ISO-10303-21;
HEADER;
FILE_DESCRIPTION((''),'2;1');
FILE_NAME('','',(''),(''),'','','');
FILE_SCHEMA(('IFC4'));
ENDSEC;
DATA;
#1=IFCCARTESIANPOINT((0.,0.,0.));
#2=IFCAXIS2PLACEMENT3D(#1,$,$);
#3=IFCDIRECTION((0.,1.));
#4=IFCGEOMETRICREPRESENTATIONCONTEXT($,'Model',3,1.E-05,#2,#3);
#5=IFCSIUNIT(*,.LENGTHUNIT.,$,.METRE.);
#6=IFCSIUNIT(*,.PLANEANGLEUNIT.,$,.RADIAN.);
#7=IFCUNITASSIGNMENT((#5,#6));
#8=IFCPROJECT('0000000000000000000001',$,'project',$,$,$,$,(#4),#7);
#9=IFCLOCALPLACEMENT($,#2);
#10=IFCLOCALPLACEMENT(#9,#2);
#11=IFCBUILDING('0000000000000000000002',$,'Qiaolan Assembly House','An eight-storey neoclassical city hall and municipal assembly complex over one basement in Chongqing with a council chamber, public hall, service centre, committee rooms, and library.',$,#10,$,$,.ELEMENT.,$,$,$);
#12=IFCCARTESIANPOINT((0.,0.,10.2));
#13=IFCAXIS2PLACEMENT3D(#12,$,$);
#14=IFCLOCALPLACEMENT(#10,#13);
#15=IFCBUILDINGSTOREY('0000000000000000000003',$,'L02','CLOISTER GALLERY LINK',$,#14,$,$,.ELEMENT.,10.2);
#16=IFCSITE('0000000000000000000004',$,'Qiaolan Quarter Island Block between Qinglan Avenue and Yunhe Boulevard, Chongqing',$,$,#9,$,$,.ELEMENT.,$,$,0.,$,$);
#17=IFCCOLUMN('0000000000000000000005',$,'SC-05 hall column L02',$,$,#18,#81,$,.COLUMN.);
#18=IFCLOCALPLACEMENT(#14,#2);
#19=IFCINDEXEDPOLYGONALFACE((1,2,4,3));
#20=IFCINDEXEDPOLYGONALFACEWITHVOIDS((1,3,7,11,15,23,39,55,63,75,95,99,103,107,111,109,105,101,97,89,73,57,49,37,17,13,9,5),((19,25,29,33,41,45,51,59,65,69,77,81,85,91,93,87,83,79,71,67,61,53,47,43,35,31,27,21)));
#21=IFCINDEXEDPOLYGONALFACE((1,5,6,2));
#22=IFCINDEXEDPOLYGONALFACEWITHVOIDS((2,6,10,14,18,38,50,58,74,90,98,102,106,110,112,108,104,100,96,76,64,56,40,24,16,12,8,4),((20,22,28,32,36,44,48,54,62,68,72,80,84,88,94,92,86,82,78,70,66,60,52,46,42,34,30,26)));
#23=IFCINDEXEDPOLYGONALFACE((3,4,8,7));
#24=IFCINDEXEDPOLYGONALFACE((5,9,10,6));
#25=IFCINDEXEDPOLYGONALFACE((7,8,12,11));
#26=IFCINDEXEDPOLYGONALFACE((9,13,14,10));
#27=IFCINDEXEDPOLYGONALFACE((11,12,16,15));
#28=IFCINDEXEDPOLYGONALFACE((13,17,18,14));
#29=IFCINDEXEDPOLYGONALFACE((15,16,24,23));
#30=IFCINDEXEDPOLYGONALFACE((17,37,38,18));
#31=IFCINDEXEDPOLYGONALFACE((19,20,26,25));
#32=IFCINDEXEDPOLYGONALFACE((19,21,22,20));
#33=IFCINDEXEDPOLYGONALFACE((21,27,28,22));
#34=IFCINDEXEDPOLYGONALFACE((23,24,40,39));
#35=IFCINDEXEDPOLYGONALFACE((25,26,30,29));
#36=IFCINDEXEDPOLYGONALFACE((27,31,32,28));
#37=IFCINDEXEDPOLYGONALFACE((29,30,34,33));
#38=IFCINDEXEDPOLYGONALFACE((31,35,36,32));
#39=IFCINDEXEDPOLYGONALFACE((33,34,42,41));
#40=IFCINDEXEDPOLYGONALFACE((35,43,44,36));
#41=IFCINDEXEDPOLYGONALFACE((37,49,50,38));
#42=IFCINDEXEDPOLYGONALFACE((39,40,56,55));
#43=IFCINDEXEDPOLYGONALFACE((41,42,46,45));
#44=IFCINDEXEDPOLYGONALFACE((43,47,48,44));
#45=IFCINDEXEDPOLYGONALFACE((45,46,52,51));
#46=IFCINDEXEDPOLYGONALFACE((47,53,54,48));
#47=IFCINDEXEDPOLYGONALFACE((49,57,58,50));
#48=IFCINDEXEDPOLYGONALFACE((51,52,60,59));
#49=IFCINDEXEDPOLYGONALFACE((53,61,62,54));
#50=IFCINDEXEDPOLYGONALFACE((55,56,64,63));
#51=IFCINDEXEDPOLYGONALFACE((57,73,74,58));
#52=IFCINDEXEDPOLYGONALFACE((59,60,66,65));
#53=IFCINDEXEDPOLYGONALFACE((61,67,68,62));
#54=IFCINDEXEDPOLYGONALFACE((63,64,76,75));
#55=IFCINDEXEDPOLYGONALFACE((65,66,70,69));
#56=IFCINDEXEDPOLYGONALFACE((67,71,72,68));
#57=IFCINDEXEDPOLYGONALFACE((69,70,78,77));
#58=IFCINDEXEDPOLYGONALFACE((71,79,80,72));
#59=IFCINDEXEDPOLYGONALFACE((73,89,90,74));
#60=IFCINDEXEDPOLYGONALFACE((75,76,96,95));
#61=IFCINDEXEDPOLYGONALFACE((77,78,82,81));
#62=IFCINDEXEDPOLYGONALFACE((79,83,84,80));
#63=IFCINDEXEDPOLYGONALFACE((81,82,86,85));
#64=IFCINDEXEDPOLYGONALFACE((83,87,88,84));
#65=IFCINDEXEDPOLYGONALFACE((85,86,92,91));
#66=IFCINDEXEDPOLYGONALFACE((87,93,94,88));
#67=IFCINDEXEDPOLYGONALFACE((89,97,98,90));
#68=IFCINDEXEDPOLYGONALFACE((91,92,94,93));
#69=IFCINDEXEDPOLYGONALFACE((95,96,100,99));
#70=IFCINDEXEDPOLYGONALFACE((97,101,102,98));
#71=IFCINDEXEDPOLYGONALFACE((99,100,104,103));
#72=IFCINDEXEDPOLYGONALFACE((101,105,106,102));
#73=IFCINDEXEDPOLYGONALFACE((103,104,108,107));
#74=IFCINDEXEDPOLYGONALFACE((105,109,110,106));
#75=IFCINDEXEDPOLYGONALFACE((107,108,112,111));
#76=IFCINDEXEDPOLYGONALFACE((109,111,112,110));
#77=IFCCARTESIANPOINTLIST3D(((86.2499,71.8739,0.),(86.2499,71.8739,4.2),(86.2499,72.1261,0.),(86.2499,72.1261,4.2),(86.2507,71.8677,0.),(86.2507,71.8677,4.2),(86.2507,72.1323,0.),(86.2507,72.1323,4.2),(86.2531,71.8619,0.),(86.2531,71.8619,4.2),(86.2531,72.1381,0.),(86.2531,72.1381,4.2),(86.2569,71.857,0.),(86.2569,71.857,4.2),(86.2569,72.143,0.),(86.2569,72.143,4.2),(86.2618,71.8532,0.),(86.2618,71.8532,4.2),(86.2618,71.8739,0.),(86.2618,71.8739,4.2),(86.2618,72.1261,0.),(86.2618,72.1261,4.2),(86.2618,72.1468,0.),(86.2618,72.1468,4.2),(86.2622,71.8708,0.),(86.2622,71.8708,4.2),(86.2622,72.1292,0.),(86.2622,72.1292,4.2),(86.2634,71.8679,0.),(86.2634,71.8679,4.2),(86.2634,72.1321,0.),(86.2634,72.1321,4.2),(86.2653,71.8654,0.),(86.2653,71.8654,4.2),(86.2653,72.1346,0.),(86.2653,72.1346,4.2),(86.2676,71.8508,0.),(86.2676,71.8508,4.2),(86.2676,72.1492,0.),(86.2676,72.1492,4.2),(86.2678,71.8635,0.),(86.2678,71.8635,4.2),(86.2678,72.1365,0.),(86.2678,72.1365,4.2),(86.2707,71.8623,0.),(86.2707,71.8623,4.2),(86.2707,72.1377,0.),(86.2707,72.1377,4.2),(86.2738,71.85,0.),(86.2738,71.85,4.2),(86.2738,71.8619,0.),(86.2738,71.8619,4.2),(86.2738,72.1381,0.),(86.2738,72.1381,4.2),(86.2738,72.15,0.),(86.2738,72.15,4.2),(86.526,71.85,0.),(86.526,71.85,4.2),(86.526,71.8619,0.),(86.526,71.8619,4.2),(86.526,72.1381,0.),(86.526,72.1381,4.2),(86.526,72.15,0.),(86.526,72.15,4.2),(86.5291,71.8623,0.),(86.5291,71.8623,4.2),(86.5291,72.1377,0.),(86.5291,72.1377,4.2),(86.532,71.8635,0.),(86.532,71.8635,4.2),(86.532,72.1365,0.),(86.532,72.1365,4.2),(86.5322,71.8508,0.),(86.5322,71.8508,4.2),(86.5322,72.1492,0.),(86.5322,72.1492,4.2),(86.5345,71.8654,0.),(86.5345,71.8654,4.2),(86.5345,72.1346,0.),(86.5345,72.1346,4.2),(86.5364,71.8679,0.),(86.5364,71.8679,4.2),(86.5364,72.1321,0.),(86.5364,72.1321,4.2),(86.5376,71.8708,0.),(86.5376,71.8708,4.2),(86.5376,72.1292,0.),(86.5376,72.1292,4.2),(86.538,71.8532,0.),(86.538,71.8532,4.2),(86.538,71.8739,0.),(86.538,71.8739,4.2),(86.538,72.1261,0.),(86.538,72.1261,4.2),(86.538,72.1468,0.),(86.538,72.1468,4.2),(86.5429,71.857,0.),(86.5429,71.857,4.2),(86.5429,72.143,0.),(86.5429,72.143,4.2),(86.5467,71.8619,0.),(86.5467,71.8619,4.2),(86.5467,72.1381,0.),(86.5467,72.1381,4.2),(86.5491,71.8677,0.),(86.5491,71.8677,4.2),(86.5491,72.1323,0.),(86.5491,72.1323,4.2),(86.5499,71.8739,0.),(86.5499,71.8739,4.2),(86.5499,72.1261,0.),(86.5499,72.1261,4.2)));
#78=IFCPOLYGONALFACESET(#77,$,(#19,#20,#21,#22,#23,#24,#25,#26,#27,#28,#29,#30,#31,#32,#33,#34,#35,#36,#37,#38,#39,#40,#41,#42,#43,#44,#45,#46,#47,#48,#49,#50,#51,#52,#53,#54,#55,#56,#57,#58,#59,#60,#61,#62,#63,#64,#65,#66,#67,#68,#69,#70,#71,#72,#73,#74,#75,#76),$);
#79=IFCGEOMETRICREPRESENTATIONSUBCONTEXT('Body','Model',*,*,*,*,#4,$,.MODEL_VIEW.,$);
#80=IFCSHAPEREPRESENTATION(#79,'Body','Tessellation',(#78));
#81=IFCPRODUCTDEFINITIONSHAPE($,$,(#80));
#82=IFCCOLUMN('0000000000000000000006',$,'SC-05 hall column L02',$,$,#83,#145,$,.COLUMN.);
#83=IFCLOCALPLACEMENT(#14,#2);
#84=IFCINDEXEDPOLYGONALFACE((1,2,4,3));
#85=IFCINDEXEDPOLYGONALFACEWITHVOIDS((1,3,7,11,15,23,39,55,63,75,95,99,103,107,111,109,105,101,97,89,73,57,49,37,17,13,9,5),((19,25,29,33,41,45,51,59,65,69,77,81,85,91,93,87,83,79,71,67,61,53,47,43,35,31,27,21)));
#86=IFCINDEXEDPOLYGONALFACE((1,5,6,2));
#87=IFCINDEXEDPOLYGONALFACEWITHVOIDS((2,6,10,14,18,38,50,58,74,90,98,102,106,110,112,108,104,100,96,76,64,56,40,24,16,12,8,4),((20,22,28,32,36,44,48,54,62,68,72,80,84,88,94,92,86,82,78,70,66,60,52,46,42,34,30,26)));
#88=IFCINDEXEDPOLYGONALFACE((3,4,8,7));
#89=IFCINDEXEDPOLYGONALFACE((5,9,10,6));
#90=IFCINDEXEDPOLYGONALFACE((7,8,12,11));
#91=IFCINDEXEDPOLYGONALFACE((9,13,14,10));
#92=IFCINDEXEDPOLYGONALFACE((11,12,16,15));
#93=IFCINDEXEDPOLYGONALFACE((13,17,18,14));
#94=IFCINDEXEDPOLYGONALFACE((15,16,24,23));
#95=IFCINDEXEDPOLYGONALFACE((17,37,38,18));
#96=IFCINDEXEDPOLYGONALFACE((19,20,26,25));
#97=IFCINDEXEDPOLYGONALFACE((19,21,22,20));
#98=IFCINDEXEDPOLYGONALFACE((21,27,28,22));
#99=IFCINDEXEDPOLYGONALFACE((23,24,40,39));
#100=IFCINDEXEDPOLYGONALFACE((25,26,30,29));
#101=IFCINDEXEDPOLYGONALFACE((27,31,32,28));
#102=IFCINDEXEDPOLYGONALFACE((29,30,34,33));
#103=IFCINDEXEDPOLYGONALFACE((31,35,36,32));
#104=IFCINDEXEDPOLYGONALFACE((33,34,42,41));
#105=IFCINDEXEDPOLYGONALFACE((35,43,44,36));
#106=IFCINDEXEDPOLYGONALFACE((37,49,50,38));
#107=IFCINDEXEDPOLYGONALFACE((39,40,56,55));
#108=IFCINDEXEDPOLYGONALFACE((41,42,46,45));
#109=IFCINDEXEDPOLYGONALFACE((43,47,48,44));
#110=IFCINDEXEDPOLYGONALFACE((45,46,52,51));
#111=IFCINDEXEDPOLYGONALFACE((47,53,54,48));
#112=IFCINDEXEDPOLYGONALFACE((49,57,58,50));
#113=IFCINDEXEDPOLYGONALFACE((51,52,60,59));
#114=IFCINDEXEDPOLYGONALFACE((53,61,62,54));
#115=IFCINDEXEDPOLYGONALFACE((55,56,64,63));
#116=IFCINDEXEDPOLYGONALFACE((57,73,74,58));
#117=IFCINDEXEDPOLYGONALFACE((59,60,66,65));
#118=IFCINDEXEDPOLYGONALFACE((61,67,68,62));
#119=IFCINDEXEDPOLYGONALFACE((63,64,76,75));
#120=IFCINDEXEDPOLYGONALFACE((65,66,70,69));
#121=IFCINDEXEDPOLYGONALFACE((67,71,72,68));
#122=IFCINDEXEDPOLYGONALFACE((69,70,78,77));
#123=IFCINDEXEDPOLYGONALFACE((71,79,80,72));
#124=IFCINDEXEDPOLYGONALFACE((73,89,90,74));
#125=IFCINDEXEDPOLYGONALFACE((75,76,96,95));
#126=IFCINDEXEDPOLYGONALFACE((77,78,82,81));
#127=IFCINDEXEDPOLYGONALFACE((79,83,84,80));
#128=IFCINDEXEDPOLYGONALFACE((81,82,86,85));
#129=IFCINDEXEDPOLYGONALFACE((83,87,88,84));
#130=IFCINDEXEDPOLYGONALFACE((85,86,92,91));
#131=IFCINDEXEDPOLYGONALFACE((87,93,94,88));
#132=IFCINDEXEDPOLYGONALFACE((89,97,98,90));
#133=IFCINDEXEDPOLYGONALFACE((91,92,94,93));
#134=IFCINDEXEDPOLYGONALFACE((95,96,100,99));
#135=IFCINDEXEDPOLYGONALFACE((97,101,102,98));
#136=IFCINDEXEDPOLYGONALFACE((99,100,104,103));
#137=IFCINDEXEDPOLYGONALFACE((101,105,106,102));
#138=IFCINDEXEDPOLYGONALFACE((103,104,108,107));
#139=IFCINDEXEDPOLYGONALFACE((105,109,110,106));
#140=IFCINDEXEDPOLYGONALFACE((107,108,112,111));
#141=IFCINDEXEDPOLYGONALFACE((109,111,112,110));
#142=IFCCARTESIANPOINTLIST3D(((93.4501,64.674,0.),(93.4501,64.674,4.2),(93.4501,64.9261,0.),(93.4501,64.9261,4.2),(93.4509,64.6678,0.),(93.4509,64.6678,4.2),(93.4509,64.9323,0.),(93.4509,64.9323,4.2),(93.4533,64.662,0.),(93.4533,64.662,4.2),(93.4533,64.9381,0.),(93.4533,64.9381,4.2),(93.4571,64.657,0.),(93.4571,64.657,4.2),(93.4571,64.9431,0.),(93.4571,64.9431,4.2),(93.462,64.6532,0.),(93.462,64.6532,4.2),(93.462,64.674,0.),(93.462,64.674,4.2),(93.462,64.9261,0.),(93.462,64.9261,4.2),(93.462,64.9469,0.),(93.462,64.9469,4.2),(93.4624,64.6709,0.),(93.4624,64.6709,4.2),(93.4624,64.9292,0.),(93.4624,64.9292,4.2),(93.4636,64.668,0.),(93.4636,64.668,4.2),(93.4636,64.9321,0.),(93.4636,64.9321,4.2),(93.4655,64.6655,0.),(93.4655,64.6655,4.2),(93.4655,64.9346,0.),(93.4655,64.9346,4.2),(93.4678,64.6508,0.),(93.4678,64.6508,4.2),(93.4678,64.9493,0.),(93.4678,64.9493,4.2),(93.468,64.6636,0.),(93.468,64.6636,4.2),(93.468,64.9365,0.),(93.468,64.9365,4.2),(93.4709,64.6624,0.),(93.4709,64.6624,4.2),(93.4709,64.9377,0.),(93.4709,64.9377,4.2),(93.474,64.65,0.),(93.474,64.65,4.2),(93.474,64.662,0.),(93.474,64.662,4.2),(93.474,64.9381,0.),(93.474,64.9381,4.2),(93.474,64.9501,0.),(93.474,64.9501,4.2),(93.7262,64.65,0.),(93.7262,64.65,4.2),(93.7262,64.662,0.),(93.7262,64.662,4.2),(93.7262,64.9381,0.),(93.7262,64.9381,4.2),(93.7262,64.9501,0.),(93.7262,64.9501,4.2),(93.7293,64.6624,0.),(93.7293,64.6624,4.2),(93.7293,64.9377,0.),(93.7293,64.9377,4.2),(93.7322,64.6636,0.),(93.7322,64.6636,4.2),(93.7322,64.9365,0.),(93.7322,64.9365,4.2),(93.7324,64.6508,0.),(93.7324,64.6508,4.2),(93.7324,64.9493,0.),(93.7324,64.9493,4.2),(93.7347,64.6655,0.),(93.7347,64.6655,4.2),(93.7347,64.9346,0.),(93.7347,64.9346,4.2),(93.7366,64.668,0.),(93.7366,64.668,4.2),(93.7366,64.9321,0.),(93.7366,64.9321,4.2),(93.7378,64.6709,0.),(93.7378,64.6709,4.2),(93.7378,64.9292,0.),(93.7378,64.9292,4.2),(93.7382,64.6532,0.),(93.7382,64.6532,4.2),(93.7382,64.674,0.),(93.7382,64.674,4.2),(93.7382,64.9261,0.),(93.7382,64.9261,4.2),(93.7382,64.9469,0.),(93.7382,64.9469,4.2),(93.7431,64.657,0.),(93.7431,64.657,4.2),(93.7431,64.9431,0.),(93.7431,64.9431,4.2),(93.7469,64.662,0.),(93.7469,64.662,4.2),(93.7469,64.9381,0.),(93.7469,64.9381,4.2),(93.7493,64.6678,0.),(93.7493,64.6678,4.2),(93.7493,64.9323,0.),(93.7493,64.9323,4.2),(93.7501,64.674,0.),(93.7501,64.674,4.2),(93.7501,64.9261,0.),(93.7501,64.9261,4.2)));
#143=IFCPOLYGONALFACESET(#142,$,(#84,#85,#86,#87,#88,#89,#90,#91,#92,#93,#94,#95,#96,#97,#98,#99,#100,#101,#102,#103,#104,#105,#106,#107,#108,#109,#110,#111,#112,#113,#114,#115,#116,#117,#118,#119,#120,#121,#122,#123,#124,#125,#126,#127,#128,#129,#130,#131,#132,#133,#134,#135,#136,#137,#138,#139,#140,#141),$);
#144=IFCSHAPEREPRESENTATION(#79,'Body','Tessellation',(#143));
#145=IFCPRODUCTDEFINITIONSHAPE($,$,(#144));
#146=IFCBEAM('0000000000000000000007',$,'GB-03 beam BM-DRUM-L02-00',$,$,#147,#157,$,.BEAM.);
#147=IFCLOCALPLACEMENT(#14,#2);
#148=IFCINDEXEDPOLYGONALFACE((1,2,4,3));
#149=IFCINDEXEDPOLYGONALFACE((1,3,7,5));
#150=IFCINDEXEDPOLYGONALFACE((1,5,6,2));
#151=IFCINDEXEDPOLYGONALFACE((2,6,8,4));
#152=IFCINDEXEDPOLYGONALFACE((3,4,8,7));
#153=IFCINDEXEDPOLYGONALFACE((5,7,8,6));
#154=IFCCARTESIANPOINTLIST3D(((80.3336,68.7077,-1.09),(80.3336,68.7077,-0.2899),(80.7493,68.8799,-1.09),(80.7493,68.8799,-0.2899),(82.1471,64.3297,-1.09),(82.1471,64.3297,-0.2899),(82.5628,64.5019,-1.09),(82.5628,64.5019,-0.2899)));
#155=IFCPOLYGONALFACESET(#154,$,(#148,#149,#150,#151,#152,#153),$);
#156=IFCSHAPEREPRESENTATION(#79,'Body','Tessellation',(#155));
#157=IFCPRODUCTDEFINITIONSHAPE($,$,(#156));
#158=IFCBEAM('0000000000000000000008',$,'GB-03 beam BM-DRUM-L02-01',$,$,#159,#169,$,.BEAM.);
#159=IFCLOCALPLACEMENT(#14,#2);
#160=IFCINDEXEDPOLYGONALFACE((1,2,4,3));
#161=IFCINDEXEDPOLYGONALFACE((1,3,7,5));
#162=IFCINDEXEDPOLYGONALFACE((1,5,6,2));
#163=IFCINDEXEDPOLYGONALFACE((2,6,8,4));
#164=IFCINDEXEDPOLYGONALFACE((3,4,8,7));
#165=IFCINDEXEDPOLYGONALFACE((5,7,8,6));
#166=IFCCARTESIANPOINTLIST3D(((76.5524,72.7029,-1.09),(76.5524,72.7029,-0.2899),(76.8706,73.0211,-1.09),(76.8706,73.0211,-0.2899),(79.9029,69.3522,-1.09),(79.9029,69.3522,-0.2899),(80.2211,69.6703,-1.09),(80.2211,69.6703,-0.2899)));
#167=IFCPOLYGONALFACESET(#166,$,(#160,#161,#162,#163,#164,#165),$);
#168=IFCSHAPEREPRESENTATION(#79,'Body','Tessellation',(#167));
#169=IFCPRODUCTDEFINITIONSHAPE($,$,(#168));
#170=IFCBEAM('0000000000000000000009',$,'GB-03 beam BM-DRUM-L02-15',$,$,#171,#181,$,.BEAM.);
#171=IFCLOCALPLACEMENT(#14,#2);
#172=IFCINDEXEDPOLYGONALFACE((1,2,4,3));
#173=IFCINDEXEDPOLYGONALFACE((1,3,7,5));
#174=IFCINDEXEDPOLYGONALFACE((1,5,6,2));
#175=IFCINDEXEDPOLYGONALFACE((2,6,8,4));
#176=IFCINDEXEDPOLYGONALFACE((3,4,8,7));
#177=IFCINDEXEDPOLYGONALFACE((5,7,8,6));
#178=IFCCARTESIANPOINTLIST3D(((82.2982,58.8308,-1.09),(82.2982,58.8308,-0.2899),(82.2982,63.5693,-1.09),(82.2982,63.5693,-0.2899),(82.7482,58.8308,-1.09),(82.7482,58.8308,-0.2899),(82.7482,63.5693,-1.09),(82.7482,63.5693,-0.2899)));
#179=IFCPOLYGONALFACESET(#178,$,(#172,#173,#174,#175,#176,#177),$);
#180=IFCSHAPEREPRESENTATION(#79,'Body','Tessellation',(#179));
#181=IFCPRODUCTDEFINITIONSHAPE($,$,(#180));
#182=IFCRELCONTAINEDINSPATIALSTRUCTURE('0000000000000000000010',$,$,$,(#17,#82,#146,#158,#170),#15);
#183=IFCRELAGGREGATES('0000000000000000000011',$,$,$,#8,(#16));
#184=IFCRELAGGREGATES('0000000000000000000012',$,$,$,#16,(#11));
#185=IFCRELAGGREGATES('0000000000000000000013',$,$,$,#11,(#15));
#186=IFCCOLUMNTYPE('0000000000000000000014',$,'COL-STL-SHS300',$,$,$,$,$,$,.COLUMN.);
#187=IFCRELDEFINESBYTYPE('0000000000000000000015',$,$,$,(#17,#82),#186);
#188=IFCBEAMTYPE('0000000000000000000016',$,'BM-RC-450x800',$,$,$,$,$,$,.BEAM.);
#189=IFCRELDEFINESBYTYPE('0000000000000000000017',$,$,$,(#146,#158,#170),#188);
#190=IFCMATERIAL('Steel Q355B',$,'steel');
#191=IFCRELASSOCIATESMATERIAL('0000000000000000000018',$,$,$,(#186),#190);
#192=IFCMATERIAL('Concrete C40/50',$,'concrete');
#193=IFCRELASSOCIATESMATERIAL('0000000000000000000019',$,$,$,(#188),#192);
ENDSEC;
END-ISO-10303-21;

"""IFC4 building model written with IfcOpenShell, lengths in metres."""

from ifc_helpers import new_model, si_unit, direction, frame, origin, origin_2d, place, context, subcontext, project, spatial, rectangle, hollow_rectangle, extrude, material, material_profile, profile_set, type_object, element, save


model = new_model("IFC4")

# Units and contexts
model_context = context("Model", 3, precision=1e-05, world=origin(), true_north=direction((0.0, 1.0)))
body_context = subcontext(model_context, "Body", "Model", "MODEL_VIEW")
ifc_project = project(units=[si_unit("LENGTHUNIT", "METRE"), si_unit("PLANEANGLEUNIT", "RADIAN")], contexts=[model_context])

# Site, building, storey
site_placement = place(None, origin())
site = spatial("IfcSite", under=ifc_project, at=site_placement, Name="Qiaolan Quarter Island Block between Qinglan Avenue and Yunhe Boulevard, Chongqing", CompositionType="ELEMENT", RefElevation=0.0)
building_placement = place(site_placement, origin())
building = spatial("IfcBuilding", under=site, at=building_placement, Name="Qiaolan Assembly House", Description="An eight-storey neoclassical city hall and municipal assembly complex over one basement in Chongqing with a council chamber, public hall, service centre, committee rooms, and library.", CompositionType="ELEMENT")
storey_placement = place(building_placement, frame((0.0, 0.0, 10.2)))
storey = spatial("IfcBuildingStorey", under=building, at=storey_placement, Name="L02", Description="CLOISTER GALLERY LINK", CompositionType="ELEMENT", Elevation=10.2)

# Columns
ifc_material_1 = material(Name="Steel Q355B", Category="steel")
ifc_material_profile_1 = material_profile(ifc_material_1, hollow_rectangle(XDim=0.3, YDim=0.3, WallThickness=0.012, InnerFilletRadius=0.012, OuterFilletRadius=0.0239, at=origin_2d()), Name="SHS 300x300x12")
ifc_profile_set_1 = profile_set([ifc_material_profile_1], Name="Steel Q355B")
column_type_1 = type_object("IfcColumnType", Name="COL-STL-SHS300", PredefinedType="COLUMN", material=ifc_profile_set_1)
for number, where, z_axis, x_axis, name in (
    (1, (86.3999, 72.0, 0.0), (0.0, 0.0, 1.0), (1.0, 0.0, 0.0), "SC-05 hall column L02"),
    (2, (93.6001, 64.8, 0.0), (0.0, 0.0, 1.0), (1.0, 0.0, 0.0), "SC-05 hall column L02"),
):
    element("IfcColumn", number, at=place(storey_placement, frame(where, z_axis=z_axis, x_axis=x_axis)), inside=storey, type_object=column_type_1, Name=name, PredefinedType="COLUMN", context=body_context, shape_type="SweptSolid", body=[
        extrude(hollow_rectangle(XDim=0.3, YDim=0.3, WallThickness=0.012, InnerFilletRadius=0.012, OuterFilletRadius=0.0239, at=origin_2d()), origin(), (0.0, 0.0, 1.0), 4.2),
    ])

# Beams
ifc_material_2 = material(Name="Concrete C40/50", Category="concrete")
ifc_material_profile_2 = material_profile(ifc_material_2, rectangle(XDim=0.45, YDim=0.8, at=origin_2d()), Name="RCB 450x800")
ifc_profile_set_2 = profile_set([ifc_material_profile_2], Name="Concrete C40/50")
beam_type_1 = type_object("IfcBeamType", Name="BM-RC-450x800", PredefinedType="BEAM", material=ifc_profile_set_2)
beam_1_placement = place(storey_placement, frame((82.355, 64.4158, -0.6899), z_axis=(-0.382698, 0.923874, 0.0), x_axis=(-0.923874, -0.382698, 0.0)))
element("IfcBeam", 3, at=beam_1_placement, inside=storey, type_object=beam_type_1, Name="GB-03 beam BM-DRUM-L02-00", PredefinedType="BEAM", context=body_context, shape_type="SweptSolid", body=[
    extrude(rectangle(XDim=0.45, YDim=0.8, at=origin_2d()), origin(), (0.0, 0.0, 1.0), 4.7388),
])
for number, where, z_axis, x_axis, name in (
    (4, (80.062, 69.5112, -0.6899), (-0.707081, 0.707133, 0.0), (-0.707133, -0.707081, 0.0), "GB-03 beam BM-DRUM-L02-01"),
    (5, (82.5232, 58.8308, -0.6899), (0.0, 1.0, 0.0), (-1.0, 0.0, 0.0), "GB-03 beam BM-DRUM-L02-15"),
):
    element("IfcBeam", number, at=place(storey_placement, frame(where, z_axis=z_axis, x_axis=x_axis)), inside=storey, type_object=beam_type_1, Name=name, PredefinedType="BEAM", context=body_context, shape_type="SweptSolid", body=[
        extrude(rectangle(XDim=0.45, YDim=0.8, at=origin_2d()), origin(), (0.0, 0.0, 1.0), 4.7385),
    ])

save(model, "model.ifc")
